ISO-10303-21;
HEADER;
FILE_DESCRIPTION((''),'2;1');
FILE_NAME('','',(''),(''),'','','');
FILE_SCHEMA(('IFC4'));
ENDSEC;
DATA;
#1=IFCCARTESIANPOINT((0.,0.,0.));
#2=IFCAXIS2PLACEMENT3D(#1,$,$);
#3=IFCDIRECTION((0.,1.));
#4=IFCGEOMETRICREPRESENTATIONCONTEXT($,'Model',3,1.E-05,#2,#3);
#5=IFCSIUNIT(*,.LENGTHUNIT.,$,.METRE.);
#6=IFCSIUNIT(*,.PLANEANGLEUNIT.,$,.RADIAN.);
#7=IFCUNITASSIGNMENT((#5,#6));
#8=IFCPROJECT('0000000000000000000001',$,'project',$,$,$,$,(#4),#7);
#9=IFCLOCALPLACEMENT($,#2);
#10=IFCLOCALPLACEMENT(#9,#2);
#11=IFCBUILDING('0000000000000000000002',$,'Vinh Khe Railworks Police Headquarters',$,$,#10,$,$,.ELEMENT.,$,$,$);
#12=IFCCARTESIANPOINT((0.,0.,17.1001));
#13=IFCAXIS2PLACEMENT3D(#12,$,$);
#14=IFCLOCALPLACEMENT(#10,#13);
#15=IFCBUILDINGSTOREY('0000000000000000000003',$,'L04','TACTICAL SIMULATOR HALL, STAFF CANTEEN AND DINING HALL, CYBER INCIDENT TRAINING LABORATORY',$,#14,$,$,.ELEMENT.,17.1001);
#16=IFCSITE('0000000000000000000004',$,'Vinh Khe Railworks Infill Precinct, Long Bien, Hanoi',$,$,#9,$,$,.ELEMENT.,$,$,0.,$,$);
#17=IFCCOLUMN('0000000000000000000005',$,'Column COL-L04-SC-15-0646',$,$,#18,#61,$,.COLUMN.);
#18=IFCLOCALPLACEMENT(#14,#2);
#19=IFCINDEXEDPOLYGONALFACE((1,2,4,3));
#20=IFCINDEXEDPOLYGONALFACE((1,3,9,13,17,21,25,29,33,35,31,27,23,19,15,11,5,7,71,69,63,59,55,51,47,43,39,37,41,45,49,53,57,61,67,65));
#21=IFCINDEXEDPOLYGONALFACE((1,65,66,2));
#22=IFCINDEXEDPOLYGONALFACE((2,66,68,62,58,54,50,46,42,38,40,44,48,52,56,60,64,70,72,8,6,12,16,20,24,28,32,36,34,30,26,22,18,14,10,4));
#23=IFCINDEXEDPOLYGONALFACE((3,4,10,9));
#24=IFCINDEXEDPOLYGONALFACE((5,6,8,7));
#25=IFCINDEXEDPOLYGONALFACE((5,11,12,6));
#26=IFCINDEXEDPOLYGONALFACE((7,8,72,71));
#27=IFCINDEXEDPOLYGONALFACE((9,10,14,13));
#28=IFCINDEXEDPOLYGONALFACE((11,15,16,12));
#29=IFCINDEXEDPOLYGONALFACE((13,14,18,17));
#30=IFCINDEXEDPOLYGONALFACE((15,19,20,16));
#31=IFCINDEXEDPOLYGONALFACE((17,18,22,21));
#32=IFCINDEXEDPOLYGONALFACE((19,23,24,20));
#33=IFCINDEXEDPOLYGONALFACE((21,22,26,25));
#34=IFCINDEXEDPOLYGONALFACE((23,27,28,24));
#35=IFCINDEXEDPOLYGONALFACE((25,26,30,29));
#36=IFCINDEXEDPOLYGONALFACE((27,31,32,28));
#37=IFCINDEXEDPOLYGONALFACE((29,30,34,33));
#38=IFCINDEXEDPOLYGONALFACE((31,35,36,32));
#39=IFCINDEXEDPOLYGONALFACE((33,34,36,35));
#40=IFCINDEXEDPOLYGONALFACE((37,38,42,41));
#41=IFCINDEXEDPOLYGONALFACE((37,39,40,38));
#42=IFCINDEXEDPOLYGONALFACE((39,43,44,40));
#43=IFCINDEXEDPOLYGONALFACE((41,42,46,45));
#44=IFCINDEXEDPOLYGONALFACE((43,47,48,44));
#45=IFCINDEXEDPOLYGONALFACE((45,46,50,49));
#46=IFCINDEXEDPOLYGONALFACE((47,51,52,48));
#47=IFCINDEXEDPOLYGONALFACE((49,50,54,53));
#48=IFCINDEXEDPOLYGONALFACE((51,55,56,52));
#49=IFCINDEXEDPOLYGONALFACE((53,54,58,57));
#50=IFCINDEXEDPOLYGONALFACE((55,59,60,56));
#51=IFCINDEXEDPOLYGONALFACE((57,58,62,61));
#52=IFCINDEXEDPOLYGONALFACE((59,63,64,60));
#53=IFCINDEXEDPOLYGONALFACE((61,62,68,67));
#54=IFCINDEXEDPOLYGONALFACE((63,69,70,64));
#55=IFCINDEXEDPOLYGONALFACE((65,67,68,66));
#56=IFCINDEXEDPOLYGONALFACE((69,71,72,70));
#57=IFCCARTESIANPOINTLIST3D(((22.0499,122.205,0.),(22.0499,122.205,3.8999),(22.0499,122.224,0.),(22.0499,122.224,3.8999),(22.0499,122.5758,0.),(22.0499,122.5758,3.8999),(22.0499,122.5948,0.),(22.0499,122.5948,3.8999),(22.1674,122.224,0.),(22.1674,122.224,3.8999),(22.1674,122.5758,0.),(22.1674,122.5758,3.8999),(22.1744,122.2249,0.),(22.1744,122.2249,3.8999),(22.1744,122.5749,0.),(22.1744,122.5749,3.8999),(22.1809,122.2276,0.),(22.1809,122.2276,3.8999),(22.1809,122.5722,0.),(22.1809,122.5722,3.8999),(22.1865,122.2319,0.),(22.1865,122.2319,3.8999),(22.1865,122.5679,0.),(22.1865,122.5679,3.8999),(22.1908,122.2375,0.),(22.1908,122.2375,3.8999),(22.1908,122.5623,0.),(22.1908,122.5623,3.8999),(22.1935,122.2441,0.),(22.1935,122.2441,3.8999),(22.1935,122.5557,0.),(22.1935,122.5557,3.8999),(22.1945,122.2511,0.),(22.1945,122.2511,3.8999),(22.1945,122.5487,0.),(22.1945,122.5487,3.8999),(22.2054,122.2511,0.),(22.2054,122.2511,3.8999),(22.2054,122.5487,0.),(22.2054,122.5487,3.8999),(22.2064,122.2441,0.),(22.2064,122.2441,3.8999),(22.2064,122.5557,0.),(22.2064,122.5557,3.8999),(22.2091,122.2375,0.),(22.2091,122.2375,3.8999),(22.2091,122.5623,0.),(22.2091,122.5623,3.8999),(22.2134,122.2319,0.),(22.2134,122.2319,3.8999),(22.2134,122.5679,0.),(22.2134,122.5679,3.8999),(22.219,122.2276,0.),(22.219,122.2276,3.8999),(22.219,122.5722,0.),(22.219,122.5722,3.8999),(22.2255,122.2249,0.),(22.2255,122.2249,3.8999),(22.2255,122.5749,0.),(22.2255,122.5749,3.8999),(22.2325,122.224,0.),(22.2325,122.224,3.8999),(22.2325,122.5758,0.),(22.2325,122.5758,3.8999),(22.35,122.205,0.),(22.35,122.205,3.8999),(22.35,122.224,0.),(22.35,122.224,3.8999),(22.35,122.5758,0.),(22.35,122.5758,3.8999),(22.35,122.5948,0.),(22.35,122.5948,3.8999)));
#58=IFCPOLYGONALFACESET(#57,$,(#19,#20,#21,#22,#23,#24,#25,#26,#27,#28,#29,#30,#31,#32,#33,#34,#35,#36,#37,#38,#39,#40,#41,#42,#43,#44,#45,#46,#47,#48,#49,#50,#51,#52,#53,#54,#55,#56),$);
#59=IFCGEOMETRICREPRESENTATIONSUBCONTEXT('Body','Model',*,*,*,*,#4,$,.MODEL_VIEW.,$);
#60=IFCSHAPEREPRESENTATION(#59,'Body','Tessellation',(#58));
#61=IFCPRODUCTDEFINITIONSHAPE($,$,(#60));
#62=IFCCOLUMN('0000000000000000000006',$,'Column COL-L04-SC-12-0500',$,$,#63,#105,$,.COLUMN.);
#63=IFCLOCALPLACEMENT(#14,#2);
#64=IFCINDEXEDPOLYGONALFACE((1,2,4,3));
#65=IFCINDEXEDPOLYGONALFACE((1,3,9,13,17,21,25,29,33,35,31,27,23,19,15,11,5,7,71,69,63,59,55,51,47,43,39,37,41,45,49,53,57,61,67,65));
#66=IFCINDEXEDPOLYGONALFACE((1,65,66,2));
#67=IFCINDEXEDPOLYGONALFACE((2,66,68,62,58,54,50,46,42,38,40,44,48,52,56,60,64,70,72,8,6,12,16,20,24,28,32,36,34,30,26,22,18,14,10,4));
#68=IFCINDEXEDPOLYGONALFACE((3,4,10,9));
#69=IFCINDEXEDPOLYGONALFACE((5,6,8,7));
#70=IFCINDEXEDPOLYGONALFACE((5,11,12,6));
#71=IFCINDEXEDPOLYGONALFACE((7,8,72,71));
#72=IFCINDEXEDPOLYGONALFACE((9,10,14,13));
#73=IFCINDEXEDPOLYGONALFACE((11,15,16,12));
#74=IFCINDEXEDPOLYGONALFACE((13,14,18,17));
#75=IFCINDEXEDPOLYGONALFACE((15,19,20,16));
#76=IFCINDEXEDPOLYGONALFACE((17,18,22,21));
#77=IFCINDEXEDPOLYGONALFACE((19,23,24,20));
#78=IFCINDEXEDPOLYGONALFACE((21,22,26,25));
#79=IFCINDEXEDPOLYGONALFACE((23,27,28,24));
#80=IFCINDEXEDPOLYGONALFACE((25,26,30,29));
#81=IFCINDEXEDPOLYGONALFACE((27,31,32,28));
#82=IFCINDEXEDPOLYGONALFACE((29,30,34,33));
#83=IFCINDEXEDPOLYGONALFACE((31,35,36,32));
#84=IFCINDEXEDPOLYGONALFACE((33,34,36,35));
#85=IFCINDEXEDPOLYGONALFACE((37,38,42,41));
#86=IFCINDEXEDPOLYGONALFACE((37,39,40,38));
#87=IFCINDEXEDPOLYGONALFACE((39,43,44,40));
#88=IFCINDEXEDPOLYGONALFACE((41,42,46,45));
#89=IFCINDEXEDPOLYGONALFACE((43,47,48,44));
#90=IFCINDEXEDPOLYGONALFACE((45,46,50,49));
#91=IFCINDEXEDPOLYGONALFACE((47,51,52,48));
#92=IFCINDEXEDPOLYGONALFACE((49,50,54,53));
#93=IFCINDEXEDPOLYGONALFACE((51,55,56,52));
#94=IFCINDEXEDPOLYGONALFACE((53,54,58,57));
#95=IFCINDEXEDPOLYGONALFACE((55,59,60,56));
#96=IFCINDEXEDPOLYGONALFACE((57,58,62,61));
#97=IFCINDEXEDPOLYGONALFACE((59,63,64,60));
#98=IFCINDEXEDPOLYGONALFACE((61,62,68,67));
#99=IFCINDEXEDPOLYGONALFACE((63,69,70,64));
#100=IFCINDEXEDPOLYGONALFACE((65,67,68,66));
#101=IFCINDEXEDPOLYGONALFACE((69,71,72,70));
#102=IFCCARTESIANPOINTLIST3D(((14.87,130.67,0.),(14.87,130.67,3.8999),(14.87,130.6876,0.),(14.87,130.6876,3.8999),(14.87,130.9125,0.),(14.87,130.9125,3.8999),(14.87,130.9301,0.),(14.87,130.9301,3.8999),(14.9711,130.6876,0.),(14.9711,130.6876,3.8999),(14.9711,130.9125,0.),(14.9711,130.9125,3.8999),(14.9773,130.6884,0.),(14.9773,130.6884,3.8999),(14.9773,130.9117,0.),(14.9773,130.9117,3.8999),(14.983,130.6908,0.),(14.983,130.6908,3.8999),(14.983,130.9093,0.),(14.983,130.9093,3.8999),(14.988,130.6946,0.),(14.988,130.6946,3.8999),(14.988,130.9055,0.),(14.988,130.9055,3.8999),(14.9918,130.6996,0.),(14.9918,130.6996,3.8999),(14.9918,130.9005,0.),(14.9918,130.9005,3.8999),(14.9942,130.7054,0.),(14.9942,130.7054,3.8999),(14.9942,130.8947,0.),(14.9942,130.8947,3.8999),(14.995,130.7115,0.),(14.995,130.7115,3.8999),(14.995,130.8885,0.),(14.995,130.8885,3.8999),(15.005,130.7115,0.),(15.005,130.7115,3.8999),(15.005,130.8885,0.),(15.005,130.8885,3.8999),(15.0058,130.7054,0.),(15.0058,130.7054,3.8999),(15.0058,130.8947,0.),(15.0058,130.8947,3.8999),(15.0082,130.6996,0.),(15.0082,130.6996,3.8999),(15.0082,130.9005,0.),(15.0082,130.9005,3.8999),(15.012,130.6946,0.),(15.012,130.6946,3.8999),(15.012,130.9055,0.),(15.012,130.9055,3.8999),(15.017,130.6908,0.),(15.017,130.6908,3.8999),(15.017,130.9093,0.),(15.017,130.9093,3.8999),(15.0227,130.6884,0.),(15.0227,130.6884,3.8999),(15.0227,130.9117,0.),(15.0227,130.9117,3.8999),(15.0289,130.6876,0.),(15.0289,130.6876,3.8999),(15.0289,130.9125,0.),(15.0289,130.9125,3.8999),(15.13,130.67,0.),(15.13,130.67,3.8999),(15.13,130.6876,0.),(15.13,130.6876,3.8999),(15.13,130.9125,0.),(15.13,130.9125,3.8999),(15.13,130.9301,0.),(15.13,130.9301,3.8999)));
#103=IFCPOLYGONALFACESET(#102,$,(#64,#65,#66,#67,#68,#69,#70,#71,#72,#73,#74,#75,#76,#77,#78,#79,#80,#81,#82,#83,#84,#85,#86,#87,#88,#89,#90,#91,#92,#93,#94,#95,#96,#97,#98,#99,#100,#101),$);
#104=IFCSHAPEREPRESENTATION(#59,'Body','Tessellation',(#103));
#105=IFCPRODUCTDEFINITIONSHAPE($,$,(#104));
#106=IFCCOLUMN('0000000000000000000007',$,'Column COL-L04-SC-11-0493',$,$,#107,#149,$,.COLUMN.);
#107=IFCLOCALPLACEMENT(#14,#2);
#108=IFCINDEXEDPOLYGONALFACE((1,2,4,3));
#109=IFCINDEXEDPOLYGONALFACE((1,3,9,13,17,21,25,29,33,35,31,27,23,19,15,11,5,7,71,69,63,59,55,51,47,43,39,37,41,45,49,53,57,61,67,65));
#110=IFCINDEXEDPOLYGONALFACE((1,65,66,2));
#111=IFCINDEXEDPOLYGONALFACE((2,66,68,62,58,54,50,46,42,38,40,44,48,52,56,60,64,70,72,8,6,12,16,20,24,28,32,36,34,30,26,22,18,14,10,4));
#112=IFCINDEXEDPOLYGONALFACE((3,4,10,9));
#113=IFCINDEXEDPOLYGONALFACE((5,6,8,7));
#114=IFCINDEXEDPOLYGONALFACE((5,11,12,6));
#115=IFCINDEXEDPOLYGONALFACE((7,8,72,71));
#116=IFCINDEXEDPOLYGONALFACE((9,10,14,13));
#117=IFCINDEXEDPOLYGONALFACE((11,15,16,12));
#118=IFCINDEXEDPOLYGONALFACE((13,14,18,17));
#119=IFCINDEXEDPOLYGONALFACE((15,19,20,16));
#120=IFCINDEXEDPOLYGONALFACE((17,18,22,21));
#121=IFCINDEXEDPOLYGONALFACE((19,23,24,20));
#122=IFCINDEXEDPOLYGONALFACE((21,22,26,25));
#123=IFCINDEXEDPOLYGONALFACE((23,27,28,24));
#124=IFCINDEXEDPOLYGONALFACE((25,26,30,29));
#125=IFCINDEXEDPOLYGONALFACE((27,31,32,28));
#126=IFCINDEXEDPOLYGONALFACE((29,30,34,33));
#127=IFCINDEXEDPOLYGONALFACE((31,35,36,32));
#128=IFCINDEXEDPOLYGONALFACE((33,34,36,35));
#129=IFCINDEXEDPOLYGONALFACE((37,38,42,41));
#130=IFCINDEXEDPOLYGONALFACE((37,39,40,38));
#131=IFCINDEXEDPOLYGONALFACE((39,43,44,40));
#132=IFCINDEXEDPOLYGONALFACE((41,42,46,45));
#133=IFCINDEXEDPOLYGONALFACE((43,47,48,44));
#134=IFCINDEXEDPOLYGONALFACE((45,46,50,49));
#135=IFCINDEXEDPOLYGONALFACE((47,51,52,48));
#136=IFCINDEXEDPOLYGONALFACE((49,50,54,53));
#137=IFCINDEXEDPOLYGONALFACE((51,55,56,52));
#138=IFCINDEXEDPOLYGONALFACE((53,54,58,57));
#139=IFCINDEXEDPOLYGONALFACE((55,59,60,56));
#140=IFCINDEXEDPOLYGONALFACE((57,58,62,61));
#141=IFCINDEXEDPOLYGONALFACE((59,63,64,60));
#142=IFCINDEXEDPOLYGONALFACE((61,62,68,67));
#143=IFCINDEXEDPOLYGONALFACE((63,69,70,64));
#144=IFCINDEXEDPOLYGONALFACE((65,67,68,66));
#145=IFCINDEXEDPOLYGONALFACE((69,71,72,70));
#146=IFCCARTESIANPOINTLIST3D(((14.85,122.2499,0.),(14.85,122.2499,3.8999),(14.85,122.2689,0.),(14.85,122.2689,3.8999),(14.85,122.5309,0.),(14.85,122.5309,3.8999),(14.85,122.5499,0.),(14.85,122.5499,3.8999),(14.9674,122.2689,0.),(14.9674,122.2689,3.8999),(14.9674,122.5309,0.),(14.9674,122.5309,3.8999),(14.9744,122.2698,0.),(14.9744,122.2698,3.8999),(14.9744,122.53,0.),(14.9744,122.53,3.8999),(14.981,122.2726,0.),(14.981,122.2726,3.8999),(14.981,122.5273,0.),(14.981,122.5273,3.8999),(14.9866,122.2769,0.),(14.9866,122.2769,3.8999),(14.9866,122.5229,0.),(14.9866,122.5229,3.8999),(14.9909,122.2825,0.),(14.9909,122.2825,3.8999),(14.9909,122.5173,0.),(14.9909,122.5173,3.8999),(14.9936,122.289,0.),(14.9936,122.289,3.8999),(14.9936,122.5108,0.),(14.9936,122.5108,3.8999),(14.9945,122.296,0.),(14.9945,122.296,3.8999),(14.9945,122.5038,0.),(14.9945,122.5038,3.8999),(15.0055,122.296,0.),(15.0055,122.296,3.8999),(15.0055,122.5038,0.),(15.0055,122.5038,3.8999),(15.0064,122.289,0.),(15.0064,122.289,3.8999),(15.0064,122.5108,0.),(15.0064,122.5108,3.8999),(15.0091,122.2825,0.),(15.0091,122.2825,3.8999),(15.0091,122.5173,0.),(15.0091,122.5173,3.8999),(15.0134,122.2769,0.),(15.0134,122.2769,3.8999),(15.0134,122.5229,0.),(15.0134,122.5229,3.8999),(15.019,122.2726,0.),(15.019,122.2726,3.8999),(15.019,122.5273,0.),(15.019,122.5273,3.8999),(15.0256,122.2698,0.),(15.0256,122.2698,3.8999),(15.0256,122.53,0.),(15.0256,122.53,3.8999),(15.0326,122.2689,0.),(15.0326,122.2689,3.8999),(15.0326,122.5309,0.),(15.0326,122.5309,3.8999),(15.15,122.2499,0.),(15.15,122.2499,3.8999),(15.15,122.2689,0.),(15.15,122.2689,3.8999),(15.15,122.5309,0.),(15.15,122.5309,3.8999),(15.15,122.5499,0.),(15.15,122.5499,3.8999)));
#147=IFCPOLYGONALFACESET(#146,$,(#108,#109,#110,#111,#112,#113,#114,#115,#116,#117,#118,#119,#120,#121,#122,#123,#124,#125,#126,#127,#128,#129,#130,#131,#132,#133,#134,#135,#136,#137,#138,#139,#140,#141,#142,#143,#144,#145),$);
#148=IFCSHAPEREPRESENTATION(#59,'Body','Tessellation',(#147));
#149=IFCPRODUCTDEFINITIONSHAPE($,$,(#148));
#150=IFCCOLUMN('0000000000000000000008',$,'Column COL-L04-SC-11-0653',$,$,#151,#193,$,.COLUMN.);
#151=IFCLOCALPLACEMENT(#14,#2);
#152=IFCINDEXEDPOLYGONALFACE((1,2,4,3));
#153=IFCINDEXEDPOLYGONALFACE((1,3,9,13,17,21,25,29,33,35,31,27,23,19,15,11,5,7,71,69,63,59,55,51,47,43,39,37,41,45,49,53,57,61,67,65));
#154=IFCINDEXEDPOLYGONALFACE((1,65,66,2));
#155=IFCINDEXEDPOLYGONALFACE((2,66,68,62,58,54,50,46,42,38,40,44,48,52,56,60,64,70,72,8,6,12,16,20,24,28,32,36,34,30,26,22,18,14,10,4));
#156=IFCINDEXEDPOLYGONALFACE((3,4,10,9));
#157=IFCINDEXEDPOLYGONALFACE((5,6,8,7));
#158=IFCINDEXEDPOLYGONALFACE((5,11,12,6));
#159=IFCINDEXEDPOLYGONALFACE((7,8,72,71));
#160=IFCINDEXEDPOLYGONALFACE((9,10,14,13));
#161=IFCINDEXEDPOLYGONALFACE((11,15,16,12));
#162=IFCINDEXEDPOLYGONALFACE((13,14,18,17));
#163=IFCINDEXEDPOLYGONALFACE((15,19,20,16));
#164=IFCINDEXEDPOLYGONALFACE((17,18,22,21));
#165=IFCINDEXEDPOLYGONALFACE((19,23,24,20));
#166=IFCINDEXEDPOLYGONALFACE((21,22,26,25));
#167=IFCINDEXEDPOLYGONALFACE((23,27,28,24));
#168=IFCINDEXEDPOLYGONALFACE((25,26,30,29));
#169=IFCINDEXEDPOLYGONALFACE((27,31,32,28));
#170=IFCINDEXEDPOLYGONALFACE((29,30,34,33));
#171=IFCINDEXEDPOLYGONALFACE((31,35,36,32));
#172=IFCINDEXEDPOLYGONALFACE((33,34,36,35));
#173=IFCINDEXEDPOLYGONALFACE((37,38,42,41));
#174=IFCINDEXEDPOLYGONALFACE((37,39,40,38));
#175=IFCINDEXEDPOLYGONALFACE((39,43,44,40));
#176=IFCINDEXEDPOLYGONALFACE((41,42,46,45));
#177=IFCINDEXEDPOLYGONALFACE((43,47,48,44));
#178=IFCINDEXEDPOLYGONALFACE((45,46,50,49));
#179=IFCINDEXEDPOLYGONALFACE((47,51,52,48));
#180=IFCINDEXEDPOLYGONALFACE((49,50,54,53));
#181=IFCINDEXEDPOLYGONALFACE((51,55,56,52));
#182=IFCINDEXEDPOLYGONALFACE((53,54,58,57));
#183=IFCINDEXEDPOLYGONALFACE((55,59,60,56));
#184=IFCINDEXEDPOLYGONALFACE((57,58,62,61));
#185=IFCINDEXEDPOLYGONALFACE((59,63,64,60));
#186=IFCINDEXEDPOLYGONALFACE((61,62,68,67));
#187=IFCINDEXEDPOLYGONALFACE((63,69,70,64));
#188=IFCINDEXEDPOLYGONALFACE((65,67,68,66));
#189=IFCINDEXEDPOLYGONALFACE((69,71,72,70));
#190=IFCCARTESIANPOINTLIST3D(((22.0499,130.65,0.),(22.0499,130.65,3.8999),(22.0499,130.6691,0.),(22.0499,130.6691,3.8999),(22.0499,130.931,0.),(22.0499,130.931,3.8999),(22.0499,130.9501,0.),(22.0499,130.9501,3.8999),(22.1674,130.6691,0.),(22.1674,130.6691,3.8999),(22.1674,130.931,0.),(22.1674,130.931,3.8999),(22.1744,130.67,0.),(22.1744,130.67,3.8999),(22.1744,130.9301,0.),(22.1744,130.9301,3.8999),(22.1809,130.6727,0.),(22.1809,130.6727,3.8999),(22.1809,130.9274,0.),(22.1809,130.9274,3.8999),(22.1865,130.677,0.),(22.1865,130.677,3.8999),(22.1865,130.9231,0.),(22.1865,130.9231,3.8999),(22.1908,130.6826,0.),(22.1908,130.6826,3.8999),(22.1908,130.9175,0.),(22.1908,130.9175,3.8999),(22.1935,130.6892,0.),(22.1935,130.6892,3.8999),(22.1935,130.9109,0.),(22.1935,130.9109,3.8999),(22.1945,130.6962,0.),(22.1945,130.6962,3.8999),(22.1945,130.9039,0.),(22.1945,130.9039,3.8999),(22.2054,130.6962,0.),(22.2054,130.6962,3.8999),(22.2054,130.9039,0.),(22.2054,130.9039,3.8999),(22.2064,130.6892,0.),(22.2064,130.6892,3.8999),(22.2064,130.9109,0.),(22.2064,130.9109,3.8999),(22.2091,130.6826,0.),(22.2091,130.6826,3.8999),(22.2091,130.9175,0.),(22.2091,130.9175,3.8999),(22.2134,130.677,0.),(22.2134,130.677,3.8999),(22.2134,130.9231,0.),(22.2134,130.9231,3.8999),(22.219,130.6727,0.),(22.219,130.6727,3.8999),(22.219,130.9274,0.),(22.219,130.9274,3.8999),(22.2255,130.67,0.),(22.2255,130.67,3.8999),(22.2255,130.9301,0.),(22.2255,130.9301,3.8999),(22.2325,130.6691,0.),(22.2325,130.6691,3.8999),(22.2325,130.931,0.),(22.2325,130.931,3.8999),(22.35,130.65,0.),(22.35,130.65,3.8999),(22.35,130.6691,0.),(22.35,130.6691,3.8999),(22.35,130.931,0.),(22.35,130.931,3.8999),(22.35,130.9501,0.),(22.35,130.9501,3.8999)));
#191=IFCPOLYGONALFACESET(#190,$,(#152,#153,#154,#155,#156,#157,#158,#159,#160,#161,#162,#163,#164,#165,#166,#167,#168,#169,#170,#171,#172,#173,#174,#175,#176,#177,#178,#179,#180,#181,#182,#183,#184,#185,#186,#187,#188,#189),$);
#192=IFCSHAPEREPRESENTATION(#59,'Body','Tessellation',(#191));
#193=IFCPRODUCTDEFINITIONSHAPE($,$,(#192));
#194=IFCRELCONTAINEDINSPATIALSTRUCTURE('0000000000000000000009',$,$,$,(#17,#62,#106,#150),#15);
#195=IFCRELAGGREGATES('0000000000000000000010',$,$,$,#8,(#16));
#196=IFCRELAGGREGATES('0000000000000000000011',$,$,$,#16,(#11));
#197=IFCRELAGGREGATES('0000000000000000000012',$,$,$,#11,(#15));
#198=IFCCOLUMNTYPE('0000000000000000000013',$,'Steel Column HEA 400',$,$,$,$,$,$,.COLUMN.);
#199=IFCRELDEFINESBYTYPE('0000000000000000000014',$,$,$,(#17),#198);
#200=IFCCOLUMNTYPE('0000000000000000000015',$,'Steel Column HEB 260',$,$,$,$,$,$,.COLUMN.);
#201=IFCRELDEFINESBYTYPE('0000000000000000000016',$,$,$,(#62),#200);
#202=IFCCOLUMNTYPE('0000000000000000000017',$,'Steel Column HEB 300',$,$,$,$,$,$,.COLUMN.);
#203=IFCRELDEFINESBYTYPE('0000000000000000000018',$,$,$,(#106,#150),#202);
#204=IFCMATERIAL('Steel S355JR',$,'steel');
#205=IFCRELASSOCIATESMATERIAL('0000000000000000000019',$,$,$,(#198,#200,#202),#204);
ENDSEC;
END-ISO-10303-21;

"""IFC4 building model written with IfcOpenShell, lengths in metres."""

from ifc_helpers import new_model, si_unit, direction, frame, origin, origin_2d, place, context, subcontext, project, spatial, i_section, extrude, material, material_profile, profile_set, type_object, element, save


model = new_model("IFC4")

# Units and contexts
model_context = context("Model", 3, precision=1e-05, world=origin(), true_north=direction((0.0, 1.0)))
body_context = subcontext(model_context, "Body", "Model", "MODEL_VIEW")
ifc_project = project(units=[si_unit("LENGTHUNIT", "METRE"), si_unit("PLANEANGLEUNIT", "RADIAN")], contexts=[model_context])

# Site, building, storey
site_placement = place(None, origin())
site = spatial("IfcSite", under=ifc_project, at=site_placement, Name="Vinh Khe Railworks Infill Precinct, Long Bien, Hanoi", CompositionType="ELEMENT", RefElevation=0.0)
building_placement = place(site_placement, origin())
building = spatial("IfcBuilding", under=site, at=building_placement, Name="Vinh Khe Railworks Police Headquarters", CompositionType="ELEMENT")
storey_placement = place(building_placement, frame((0.0, 0.0, 17.1001)))
storey = spatial("IfcBuildingStorey", under=building, at=storey_placement, Name="L04", Description="TACTICAL SIMULATOR HALL, STAFF CANTEEN AND DINING HALL, CYBER INCIDENT TRAINING LABORATORY", CompositionType="ELEMENT", Elevation=17.1001)

# Columns
ifc_material_1 = material(Name="Steel S355JR", Category="steel")
ifc_material_profile_1 = material_profile(ifc_material_1, i_section(OverallWidth=0.3, OverallDepth=0.3899, WebThickness=0.011, FlangeThickness=0.019, FilletRadius=0.0271, at=origin_2d()), Name="HEA 400")
ifc_profile_set_1 = profile_set([ifc_material_profile_1], Name="Steel S355JR")
column_type_1 = type_object("IfcColumnType", Name="Steel Column HEA 400", PredefinedType="COLUMN", material=ifc_profile_set_1)
column_1_placement = place(storey_placement, frame((22.2, 122.3999, 0.0), z_axis=(0.0, 0.0, 1.0), x_axis=(1.0, 0.0, 0.0)))
element("IfcColumn", 1, at=column_1_placement, inside=storey, type_object=column_type_1, Name="Column COL-L04-SC-15-0646", PredefinedType="COLUMN", context=body_context, shape_type="SweptSolid", body=[
    extrude(i_section(OverallWidth=0.3, OverallDepth=0.3899, WebThickness=0.011, FlangeThickness=0.019, FilletRadius=0.0271, at=origin_2d()), origin(), (0.0, 0.0, 1.0), 3.8999),
])
ifc_material_profile_2 = material_profile(ifc_material_1, i_section(OverallWidth=0.26, OverallDepth=0.26, WebThickness=0.01, FlangeThickness=0.0176, FilletRadius=0.0239, at=origin_2d()), Name="HEB 260")
ifc_profile_set_2 = profile_set([ifc_material_profile_2], Name="Steel S355JR")
column_type_2 = type_object("IfcColumnType", Name="Steel Column HEB 260", PredefinedType="COLUMN", material=ifc_profile_set_2)
column_2_placement = place(storey_placement, frame((15.0, 130.8, 0.0), z_axis=(0.0, 0.0, 1.0), x_axis=(1.0, 0.0, 0.0)))
element("IfcColumn", 2, at=column_2_placement, inside=storey, type_object=column_type_2, Name="Column COL-L04-SC-12-0500", PredefinedType="COLUMN", context=body_context, shape_type="SweptSolid", body=[
    extrude(i_section(OverallWidth=0.26, OverallDepth=0.26, WebThickness=0.01, FlangeThickness=0.0176, FilletRadius=0.0239, at=origin_2d()), origin(), (0.0, 0.0, 1.0), 3.8999),
])
ifc_material_profile_3 = material_profile(ifc_material_1, i_section(OverallWidth=0.3, OverallDepth=0.3, WebThickness=0.011, FlangeThickness=0.019, FilletRadius=0.0271, at=origin_2d()), Name="HEB 300")
ifc_profile_set_3 = profile_set([ifc_material_profile_3], Name="Steel S355JR")
column_type_3 = type_object("IfcColumnType", Name="Steel Column HEB 300", PredefinedType="COLUMN", material=ifc_profile_set_3)
for number, where, z_axis, x_axis, name in (
    (3, (15.0, 122.3999, 0.0), (0.0, 0.0, 1.0), (1.0, 0.0, 0.0), "Column COL-L04-SC-11-0493"),
    (4, (22.2, 130.8, 0.0), (0.0, 0.0, 1.0), (1.0, 0.0, 0.0), "Column COL-L04-SC-11-0653"),
):
    element("IfcColumn", number, at=place(storey_placement, frame(where, z_axis=z_axis, x_axis=x_axis)), inside=storey, type_object=column_type_3, Name=name, PredefinedType="COLUMN", context=body_context, shape_type="SweptSolid", body=[
        extrude(i_section(OverallWidth=0.3, OverallDepth=0.3, WebThickness=0.011, FlangeThickness=0.019, FilletRadius=0.0271, at=origin_2d()), origin(), (0.0, 0.0, 1.0), 3.8999),
    ])

save(model, "model.ifc")
